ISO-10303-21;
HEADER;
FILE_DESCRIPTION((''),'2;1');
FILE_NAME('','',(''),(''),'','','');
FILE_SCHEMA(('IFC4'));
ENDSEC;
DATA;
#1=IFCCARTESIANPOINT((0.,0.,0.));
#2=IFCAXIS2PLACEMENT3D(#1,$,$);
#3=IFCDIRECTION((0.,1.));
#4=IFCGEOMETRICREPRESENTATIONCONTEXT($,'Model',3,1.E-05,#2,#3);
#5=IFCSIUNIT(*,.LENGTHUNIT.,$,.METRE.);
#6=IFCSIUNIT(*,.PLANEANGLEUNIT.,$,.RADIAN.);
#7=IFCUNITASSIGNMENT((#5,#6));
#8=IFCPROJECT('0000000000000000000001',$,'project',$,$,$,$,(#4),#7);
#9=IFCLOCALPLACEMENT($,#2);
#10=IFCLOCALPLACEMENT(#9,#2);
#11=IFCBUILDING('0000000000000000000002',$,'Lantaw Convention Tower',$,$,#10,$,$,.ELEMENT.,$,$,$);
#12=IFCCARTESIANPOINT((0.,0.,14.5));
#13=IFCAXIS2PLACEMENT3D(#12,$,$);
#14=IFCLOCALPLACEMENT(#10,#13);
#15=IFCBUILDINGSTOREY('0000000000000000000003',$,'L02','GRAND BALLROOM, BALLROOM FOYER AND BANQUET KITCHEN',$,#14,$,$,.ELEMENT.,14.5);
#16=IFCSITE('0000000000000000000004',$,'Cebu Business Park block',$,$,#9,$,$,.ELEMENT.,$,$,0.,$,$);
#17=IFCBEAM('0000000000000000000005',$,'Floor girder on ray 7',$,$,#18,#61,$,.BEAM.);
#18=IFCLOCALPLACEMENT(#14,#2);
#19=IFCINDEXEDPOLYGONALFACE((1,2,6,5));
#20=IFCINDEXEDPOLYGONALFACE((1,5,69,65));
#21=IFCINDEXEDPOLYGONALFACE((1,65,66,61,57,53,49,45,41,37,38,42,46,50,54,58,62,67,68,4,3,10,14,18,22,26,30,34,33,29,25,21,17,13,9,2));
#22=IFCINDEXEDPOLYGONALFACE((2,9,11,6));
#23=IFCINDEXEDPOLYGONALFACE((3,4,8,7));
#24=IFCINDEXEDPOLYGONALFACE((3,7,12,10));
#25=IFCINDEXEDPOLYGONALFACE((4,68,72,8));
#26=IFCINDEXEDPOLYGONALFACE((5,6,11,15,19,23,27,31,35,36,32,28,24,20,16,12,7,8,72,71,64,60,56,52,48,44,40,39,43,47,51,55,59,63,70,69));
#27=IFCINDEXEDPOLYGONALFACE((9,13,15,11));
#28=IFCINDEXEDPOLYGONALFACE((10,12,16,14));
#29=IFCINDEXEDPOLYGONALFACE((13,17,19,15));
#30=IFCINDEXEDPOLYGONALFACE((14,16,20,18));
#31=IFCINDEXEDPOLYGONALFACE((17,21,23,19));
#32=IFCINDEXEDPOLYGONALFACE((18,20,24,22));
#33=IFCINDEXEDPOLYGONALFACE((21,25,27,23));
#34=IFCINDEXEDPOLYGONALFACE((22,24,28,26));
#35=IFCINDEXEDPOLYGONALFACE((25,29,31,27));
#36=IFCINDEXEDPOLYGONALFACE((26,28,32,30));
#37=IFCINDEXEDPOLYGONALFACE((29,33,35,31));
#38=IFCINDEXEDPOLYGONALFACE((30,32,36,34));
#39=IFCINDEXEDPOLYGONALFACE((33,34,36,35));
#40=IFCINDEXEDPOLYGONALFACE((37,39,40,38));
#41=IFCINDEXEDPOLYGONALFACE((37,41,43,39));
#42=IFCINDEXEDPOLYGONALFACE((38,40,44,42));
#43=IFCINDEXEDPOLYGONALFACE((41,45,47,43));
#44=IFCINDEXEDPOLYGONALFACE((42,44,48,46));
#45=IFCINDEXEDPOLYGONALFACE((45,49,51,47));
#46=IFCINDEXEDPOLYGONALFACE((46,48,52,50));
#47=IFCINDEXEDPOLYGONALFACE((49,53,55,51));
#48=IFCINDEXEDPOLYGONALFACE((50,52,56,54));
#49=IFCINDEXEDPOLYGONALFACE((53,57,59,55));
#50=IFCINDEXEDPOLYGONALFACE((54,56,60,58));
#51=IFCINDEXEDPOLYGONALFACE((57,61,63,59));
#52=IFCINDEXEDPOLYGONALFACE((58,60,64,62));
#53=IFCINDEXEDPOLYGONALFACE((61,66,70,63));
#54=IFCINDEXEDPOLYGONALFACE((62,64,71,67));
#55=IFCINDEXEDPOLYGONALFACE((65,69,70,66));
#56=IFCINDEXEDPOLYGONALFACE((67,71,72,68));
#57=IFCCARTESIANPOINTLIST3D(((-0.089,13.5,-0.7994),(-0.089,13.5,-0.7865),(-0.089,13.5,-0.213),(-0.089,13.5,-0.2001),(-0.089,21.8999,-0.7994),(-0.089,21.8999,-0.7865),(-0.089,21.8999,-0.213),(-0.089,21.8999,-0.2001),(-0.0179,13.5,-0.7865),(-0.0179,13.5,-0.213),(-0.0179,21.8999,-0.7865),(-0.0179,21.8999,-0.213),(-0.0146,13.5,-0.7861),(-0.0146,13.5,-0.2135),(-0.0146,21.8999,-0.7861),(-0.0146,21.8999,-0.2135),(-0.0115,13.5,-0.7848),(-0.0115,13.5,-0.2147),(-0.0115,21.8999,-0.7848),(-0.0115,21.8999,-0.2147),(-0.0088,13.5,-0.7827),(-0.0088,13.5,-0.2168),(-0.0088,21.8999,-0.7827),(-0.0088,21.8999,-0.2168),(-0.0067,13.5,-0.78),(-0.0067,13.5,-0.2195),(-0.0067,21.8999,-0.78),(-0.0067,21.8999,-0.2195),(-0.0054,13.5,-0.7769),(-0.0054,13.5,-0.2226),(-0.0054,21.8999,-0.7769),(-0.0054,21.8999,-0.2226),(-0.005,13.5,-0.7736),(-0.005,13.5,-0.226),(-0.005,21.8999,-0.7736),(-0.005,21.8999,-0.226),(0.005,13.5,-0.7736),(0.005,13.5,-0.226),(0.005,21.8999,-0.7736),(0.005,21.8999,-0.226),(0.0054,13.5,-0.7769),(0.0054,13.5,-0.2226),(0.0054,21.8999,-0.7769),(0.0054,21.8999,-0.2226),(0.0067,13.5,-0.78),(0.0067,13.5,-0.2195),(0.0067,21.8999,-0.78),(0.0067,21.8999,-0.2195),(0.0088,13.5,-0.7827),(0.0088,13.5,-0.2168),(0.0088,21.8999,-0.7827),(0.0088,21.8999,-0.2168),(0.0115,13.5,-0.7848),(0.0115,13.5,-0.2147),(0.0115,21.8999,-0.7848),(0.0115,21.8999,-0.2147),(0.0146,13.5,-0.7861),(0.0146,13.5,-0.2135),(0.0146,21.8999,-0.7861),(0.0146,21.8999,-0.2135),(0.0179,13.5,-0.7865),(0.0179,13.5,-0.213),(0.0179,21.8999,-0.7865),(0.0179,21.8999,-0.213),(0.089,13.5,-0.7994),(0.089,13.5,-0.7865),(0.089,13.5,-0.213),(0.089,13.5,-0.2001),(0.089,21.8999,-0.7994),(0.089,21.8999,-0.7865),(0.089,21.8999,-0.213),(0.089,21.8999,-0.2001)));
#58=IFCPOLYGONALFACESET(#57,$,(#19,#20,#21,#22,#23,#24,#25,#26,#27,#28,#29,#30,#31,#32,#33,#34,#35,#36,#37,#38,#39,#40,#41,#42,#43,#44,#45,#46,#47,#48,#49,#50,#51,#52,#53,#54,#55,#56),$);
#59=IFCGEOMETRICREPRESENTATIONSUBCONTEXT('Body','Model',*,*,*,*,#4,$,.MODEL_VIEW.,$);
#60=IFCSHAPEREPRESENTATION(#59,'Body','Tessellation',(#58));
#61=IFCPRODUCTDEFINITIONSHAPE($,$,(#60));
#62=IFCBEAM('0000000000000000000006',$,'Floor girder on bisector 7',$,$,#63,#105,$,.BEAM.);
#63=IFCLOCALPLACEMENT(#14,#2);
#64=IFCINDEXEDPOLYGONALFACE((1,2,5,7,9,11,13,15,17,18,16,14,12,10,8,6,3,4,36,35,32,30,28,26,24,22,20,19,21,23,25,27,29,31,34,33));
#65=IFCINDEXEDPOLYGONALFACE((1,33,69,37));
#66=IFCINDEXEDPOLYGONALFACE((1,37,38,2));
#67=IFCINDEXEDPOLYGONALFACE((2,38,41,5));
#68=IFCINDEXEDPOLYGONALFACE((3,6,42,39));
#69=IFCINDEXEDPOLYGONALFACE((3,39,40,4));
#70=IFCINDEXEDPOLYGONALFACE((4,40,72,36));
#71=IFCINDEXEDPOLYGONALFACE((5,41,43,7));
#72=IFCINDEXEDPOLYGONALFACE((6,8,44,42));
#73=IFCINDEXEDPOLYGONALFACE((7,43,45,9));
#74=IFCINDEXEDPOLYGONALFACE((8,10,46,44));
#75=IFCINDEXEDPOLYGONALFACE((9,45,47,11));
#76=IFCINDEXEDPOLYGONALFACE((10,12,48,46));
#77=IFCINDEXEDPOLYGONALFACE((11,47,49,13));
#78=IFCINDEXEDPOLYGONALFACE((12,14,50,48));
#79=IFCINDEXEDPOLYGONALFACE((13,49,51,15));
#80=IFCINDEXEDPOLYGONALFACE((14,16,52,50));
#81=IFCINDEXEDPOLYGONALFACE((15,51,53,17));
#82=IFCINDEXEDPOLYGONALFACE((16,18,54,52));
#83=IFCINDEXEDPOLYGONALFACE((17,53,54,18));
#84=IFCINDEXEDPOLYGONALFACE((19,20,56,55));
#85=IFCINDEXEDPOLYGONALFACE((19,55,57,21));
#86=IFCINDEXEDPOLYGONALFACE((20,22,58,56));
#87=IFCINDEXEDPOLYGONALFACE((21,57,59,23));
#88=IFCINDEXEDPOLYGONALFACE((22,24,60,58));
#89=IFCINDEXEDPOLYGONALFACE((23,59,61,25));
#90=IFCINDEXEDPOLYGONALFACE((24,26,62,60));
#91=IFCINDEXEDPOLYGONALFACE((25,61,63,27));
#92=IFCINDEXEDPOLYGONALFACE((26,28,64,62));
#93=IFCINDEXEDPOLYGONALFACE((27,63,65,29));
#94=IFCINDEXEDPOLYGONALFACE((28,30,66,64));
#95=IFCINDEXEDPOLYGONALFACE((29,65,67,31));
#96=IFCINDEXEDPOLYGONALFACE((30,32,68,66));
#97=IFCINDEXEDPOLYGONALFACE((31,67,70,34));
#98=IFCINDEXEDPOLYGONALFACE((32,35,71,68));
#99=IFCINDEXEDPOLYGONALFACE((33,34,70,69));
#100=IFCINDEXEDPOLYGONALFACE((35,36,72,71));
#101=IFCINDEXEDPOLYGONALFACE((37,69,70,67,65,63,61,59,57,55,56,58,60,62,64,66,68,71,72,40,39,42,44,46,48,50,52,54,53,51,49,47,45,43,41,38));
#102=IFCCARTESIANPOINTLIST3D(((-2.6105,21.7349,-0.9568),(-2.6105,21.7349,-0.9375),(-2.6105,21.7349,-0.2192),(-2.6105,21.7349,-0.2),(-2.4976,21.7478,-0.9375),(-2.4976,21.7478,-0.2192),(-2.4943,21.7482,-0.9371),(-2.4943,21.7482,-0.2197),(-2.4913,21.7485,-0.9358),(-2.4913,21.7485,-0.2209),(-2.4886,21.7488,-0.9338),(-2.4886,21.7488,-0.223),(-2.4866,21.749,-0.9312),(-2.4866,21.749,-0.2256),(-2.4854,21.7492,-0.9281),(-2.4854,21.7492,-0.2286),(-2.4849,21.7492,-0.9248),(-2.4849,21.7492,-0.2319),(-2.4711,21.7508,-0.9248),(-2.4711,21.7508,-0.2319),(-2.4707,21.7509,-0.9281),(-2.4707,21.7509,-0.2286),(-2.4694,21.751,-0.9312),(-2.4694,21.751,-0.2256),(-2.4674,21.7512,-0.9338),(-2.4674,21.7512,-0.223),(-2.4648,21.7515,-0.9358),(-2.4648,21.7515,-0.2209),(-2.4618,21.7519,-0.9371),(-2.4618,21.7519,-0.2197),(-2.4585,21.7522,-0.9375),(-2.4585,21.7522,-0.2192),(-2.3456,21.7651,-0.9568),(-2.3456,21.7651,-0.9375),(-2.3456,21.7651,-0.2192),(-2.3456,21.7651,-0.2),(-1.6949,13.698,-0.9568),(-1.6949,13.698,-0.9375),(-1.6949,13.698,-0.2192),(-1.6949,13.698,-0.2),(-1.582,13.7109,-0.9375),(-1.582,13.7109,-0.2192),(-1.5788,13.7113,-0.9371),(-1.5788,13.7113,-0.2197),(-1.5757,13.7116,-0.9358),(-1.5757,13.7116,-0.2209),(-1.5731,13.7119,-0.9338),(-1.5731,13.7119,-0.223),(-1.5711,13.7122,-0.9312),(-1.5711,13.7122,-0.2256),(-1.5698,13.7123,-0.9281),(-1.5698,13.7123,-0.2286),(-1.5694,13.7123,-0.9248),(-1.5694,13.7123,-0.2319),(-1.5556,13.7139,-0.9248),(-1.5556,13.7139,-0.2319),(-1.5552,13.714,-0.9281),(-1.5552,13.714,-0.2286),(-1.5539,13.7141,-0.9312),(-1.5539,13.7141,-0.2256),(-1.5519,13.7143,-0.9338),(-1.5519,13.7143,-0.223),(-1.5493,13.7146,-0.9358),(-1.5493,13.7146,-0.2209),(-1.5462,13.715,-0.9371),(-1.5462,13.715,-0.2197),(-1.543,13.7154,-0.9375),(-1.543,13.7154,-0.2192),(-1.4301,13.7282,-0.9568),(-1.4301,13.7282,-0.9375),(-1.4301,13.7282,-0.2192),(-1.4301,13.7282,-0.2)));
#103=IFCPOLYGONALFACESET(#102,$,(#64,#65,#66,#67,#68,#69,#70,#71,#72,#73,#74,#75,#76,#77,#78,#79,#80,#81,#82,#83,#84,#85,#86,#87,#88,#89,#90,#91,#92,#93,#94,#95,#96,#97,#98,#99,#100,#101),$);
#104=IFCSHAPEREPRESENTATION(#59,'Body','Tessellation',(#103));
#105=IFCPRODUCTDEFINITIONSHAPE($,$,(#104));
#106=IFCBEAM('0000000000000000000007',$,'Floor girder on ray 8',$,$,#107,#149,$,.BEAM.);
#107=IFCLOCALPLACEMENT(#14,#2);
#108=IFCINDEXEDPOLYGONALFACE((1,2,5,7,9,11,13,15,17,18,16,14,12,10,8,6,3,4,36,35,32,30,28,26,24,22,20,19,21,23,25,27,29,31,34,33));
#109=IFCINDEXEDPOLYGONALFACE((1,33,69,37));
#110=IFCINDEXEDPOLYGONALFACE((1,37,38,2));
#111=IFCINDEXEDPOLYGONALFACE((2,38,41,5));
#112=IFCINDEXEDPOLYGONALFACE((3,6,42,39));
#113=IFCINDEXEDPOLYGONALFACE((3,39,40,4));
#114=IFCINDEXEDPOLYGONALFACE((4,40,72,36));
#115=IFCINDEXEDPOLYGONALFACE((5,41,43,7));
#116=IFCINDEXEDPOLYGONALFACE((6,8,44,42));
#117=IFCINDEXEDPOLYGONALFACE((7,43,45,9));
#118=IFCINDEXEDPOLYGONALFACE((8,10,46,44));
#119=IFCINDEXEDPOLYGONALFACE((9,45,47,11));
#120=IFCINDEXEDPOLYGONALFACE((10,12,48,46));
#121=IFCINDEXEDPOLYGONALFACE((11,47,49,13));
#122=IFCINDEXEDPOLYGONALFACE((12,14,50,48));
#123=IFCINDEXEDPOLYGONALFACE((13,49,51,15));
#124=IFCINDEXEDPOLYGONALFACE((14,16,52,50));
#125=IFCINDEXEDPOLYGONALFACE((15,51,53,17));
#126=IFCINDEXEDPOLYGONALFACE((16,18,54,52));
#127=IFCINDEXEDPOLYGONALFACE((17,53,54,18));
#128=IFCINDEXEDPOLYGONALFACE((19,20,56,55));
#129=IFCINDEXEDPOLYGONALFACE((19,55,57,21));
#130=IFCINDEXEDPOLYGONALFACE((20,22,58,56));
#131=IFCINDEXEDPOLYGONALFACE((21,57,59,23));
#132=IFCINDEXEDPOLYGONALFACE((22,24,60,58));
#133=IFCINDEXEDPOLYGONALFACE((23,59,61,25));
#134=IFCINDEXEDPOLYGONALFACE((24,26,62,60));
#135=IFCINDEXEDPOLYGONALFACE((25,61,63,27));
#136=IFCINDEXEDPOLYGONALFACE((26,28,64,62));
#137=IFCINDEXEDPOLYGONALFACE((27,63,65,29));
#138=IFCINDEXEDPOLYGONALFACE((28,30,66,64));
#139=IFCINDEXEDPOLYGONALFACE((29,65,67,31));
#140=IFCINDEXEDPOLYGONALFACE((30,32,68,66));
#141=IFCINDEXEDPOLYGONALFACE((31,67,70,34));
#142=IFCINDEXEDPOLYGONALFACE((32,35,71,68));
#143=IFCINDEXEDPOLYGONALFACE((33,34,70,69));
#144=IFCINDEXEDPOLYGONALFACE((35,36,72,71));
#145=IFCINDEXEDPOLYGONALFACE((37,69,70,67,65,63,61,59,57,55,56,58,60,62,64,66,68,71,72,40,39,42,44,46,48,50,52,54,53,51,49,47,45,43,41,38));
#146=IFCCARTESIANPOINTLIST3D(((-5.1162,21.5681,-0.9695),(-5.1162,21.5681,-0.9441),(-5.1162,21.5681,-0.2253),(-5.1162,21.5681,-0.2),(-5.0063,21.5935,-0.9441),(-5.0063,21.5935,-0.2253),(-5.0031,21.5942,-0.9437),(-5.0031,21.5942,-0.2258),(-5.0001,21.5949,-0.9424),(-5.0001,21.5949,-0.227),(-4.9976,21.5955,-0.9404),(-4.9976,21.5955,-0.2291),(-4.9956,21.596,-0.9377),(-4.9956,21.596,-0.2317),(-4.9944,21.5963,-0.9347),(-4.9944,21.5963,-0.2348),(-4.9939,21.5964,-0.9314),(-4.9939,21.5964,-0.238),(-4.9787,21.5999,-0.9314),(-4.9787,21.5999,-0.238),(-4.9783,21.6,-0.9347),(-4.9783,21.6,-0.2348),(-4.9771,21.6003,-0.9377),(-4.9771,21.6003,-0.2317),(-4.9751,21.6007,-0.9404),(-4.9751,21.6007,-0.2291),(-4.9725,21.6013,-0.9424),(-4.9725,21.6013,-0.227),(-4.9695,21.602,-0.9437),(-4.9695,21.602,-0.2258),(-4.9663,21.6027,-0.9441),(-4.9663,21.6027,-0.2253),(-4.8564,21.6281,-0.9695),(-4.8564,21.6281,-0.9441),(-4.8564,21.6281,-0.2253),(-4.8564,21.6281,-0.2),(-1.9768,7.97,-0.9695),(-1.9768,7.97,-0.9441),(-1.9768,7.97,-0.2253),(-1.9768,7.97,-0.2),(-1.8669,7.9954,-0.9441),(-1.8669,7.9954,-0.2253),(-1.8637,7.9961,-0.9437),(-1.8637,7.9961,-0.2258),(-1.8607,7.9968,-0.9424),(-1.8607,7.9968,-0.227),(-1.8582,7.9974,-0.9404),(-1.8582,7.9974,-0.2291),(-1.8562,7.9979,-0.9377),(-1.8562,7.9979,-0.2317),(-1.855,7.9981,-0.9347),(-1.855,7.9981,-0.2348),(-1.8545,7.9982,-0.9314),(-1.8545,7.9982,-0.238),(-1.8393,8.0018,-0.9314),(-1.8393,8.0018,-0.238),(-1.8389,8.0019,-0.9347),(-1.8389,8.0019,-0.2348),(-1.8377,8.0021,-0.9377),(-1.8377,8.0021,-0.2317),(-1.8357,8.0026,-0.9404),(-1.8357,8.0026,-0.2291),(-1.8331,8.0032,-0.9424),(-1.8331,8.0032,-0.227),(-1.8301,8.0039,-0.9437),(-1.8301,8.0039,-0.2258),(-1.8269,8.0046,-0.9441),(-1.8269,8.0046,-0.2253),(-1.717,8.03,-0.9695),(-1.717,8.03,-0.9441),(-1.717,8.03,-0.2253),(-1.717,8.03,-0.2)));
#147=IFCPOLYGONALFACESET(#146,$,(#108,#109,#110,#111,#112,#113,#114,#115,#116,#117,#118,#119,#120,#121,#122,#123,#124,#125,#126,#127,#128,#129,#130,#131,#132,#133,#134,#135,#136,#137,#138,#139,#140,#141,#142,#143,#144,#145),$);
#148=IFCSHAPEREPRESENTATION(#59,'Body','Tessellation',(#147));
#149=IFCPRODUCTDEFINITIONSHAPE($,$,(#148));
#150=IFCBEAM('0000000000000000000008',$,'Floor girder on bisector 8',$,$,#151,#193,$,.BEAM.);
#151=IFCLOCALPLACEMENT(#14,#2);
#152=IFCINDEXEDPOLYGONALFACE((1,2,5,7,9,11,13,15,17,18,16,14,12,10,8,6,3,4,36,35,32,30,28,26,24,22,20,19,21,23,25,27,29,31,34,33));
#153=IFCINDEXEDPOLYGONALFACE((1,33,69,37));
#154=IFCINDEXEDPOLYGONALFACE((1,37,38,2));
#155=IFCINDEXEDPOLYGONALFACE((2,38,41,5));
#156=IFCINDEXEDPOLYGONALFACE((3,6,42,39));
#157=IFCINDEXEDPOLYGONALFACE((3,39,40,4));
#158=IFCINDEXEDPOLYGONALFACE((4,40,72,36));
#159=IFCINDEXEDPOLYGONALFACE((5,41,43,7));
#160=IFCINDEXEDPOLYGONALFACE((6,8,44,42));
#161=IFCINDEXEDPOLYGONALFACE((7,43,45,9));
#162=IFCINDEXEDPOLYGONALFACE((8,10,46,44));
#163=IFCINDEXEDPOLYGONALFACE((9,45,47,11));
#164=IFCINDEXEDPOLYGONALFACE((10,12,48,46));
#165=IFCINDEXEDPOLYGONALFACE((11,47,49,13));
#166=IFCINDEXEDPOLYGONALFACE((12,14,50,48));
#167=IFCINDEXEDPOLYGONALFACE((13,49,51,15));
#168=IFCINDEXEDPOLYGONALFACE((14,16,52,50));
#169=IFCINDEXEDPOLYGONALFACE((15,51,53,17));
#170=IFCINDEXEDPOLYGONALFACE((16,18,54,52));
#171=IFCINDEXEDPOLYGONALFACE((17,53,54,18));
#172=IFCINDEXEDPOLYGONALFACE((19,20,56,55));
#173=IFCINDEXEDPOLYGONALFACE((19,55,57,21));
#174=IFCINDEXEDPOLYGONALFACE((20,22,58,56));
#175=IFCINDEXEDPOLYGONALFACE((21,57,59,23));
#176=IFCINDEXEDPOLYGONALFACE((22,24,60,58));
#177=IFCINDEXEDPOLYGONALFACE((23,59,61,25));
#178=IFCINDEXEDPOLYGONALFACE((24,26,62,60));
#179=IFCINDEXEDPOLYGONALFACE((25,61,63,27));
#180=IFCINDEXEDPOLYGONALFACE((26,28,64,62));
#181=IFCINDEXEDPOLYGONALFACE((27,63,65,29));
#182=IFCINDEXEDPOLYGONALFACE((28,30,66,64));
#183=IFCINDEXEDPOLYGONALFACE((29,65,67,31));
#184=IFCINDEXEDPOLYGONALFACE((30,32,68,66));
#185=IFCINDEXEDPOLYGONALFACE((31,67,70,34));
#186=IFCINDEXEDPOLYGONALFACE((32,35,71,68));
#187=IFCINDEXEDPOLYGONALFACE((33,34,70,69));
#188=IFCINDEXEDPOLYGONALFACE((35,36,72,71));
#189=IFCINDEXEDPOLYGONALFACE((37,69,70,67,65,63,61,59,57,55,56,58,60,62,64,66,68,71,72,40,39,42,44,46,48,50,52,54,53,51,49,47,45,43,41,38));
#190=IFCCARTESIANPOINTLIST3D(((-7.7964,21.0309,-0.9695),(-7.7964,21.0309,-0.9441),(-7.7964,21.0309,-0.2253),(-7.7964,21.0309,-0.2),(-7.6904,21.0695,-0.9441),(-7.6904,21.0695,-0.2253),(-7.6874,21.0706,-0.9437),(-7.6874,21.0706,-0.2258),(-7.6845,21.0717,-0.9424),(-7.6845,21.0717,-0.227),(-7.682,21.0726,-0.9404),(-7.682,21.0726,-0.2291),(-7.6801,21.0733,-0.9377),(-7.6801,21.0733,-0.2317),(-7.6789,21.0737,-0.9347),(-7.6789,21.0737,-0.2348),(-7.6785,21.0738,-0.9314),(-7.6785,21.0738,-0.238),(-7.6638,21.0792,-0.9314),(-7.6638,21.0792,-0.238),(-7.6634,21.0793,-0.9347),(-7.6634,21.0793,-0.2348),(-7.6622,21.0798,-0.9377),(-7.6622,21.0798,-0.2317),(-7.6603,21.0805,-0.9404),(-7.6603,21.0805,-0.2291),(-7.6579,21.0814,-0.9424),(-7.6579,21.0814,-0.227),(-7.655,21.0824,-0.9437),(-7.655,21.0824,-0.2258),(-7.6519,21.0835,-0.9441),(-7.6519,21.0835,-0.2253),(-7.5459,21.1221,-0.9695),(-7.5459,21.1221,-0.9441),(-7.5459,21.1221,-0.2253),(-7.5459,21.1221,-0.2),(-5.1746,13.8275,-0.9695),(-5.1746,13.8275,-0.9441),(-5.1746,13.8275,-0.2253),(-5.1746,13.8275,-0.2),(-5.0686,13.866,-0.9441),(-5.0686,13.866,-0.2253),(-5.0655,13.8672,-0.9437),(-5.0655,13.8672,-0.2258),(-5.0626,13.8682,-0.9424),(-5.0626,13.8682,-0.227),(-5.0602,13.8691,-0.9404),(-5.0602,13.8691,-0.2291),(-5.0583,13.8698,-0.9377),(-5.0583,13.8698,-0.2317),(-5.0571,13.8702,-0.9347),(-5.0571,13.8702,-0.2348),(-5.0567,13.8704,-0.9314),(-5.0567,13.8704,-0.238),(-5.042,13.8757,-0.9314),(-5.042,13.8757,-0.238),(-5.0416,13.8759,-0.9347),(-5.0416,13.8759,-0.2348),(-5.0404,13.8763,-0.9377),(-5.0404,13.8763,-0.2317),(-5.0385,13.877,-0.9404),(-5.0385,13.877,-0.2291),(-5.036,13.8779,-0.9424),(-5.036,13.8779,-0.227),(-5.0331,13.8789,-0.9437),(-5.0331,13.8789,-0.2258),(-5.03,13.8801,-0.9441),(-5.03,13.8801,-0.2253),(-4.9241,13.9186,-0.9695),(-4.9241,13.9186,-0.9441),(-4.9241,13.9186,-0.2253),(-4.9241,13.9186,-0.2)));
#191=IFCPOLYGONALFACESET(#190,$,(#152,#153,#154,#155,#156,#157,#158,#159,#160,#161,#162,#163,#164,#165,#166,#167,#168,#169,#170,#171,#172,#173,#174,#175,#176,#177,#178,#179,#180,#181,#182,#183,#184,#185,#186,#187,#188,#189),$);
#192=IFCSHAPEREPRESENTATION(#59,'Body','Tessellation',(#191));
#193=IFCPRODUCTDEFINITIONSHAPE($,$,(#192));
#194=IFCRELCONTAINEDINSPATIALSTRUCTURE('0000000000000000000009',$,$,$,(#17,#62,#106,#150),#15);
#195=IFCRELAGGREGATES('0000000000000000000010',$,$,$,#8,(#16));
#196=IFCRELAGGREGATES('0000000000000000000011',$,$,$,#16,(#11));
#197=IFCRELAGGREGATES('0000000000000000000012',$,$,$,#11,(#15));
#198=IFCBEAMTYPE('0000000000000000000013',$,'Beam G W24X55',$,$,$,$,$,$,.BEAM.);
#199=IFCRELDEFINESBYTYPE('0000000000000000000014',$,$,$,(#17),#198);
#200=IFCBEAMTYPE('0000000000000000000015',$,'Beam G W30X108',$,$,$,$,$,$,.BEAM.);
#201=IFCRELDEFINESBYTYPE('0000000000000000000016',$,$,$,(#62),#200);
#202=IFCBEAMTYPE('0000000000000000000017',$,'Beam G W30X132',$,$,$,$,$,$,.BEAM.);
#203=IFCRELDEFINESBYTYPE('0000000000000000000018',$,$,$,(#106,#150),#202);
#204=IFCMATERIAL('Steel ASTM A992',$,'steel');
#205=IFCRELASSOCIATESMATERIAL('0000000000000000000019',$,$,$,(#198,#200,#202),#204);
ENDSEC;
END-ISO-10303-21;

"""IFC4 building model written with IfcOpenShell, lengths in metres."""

from ifc_helpers import new_model, si_unit, direction, frame, origin, origin_2d, place, context, subcontext, project, spatial, i_section, extrude, material, material_profile, profile_set, type_object, element, save


model = new_model("IFC4")

# Units and contexts
model_context = context("Model", 3, precision=1e-05, world=origin(), true_north=direction((0.0, 1.0)))
body_context = subcontext(model_context, "Body", "Model", "MODEL_VIEW")
ifc_project = project(units=[si_unit("LENGTHUNIT", "METRE"), si_unit("PLANEANGLEUNIT", "RADIAN")], contexts=[model_context])

# Site, building, storey
site_placement = place(None, origin())
site = spatial("IfcSite", under=ifc_project, at=site_placement, Name="Cebu Business Park block", CompositionType="ELEMENT", RefElevation=0.0)
building_placement = place(site_placement, origin())
building = spatial("IfcBuilding", under=site, at=building_placement, Name="Lantaw Convention Tower", CompositionType="ELEMENT")
storey_placement = place(building_placement, frame((0.0, 0.0, 14.5)))
storey = spatial("IfcBuildingStorey", under=building, at=storey_placement, Name="L02", Description="GRAND BALLROOM, BALLROOM FOYER AND BANQUET KITCHEN", CompositionType="ELEMENT", Elevation=14.5)

# Beams
ifc_material_1 = material(Name="Steel ASTM A992", Category="steel")
ifc_material_profile_1 = material_profile(ifc_material_1, i_section(OverallWidth=0.178, OverallDepth=0.5994, WebThickness=0.01, FlangeThickness=0.0129, FilletRadius=0.0129, at=origin_2d()), Name="W24X55")
ifc_profile_set_1 = profile_set([ifc_material_profile_1], Name="Steel ASTM A992")
beam_type_1 = type_object("IfcBeamType", Name="Beam G W24X55", PredefinedType="BEAM", material=ifc_profile_set_1)
beam_1_placement = place(storey_placement, frame((0.0, 13.5, -0.4998), z_axis=(0.0, 1.0, 0.0), x_axis=(-1.0, 0.0, 0.0)))
element("IfcBeam", 1, at=beam_1_placement, inside=storey, type_object=beam_type_1, Name="Floor girder on ray 7", PredefinedType="BEAM", context=body_context, shape_type="SweptSolid", body=[
    extrude(i_section(OverallWidth=0.178, OverallDepth=0.5994, WebThickness=0.01, FlangeThickness=0.0129, FilletRadius=0.0129, at=origin_2d()), origin(), (0.0, 0.0, 1.0), 8.3999),
])
ifc_material_profile_2 = material_profile(ifc_material_1, i_section(OverallWidth=0.2666, OverallDepth=0.7568, WebThickness=0.0139, FlangeThickness=0.0193, FilletRadius=0.0127, at=origin_2d()), Name="W30X108")
ifc_profile_set_2 = profile_set([ifc_material_profile_2], Name="Steel ASTM A992")
beam_type_2 = type_object("IfcBeamType", Name="Beam G W30X108", PredefinedType="BEAM", material=ifc_profile_set_2)
beam_2_placement = place(storey_placement, frame((-1.5625, 13.7131, -0.5784), z_axis=(-0.113184, 0.993574, 0.0), x_axis=(-0.993574, -0.113184, 0.0)))
element("IfcBeam", 2, at=beam_2_placement, inside=storey, type_object=beam_type_2, Name="Floor girder on bisector 7", PredefinedType="BEAM", context=body_context, shape_type="SweptSolid", body=[
    extrude(i_section(OverallWidth=0.2666, OverallDepth=0.7568, WebThickness=0.0139, FlangeThickness=0.0193, FilletRadius=0.0127, at=origin_2d()), origin(), (0.0, 0.0, 1.0), 8.0889),
])
ifc_material_profile_3 = material_profile(ifc_material_1, i_section(OverallWidth=0.2666, OverallDepth=0.7695, WebThickness=0.0156, FlangeThickness=0.0254, FilletRadius=0.0127, at=origin_2d()), Name="W30X132")
ifc_profile_set_3 = profile_set([ifc_material_profile_3], Name="Steel ASTM A992")
beam_type_3 = type_object("IfcBeamType", Name="Beam G W30X132", PredefinedType="BEAM", material=ifc_profile_set_3)
beam_3_placement = place(storey_placement, frame((-1.8469, 8.0, -0.5847), z_axis=(-0.224953, 0.97437, 0.0), x_axis=(-0.97437, -0.224953, 0.0)))
element("IfcBeam", 3, at=beam_3_placement, inside=storey, type_object=beam_type_3, Name="Floor girder on ray 8", PredefinedType="BEAM", context=body_context, shape_type="SweptSolid", body=[
    extrude(i_section(OverallWidth=0.2666, OverallDepth=0.7695, WebThickness=0.0156, FlangeThickness=0.0254, FilletRadius=0.0127, at=origin_2d()), origin(), (0.0, 0.0, 1.0), 13.9558),
])
beam_4_placement = place(storey_placement, frame((-5.0493, 13.873, -0.5847), z_axis=(-0.342022, 0.939692, 0.0), x_axis=(-0.939692, -0.342022, 0.0)))
element("IfcBeam", 4, at=beam_4_placement, inside=storey, type_object=beam_type_3, Name="Floor girder on bisector 8", PredefinedType="BEAM", context=body_context, shape_type="SweptSolid", body=[
    extrude(i_section(OverallWidth=0.2666, OverallDepth=0.7695, WebThickness=0.0156, FlangeThickness=0.0254, FilletRadius=0.0127, at=origin_2d()), origin(), (0.0, 0.0, 1.0), 7.6658),
])

save(model, "model.ifc")
